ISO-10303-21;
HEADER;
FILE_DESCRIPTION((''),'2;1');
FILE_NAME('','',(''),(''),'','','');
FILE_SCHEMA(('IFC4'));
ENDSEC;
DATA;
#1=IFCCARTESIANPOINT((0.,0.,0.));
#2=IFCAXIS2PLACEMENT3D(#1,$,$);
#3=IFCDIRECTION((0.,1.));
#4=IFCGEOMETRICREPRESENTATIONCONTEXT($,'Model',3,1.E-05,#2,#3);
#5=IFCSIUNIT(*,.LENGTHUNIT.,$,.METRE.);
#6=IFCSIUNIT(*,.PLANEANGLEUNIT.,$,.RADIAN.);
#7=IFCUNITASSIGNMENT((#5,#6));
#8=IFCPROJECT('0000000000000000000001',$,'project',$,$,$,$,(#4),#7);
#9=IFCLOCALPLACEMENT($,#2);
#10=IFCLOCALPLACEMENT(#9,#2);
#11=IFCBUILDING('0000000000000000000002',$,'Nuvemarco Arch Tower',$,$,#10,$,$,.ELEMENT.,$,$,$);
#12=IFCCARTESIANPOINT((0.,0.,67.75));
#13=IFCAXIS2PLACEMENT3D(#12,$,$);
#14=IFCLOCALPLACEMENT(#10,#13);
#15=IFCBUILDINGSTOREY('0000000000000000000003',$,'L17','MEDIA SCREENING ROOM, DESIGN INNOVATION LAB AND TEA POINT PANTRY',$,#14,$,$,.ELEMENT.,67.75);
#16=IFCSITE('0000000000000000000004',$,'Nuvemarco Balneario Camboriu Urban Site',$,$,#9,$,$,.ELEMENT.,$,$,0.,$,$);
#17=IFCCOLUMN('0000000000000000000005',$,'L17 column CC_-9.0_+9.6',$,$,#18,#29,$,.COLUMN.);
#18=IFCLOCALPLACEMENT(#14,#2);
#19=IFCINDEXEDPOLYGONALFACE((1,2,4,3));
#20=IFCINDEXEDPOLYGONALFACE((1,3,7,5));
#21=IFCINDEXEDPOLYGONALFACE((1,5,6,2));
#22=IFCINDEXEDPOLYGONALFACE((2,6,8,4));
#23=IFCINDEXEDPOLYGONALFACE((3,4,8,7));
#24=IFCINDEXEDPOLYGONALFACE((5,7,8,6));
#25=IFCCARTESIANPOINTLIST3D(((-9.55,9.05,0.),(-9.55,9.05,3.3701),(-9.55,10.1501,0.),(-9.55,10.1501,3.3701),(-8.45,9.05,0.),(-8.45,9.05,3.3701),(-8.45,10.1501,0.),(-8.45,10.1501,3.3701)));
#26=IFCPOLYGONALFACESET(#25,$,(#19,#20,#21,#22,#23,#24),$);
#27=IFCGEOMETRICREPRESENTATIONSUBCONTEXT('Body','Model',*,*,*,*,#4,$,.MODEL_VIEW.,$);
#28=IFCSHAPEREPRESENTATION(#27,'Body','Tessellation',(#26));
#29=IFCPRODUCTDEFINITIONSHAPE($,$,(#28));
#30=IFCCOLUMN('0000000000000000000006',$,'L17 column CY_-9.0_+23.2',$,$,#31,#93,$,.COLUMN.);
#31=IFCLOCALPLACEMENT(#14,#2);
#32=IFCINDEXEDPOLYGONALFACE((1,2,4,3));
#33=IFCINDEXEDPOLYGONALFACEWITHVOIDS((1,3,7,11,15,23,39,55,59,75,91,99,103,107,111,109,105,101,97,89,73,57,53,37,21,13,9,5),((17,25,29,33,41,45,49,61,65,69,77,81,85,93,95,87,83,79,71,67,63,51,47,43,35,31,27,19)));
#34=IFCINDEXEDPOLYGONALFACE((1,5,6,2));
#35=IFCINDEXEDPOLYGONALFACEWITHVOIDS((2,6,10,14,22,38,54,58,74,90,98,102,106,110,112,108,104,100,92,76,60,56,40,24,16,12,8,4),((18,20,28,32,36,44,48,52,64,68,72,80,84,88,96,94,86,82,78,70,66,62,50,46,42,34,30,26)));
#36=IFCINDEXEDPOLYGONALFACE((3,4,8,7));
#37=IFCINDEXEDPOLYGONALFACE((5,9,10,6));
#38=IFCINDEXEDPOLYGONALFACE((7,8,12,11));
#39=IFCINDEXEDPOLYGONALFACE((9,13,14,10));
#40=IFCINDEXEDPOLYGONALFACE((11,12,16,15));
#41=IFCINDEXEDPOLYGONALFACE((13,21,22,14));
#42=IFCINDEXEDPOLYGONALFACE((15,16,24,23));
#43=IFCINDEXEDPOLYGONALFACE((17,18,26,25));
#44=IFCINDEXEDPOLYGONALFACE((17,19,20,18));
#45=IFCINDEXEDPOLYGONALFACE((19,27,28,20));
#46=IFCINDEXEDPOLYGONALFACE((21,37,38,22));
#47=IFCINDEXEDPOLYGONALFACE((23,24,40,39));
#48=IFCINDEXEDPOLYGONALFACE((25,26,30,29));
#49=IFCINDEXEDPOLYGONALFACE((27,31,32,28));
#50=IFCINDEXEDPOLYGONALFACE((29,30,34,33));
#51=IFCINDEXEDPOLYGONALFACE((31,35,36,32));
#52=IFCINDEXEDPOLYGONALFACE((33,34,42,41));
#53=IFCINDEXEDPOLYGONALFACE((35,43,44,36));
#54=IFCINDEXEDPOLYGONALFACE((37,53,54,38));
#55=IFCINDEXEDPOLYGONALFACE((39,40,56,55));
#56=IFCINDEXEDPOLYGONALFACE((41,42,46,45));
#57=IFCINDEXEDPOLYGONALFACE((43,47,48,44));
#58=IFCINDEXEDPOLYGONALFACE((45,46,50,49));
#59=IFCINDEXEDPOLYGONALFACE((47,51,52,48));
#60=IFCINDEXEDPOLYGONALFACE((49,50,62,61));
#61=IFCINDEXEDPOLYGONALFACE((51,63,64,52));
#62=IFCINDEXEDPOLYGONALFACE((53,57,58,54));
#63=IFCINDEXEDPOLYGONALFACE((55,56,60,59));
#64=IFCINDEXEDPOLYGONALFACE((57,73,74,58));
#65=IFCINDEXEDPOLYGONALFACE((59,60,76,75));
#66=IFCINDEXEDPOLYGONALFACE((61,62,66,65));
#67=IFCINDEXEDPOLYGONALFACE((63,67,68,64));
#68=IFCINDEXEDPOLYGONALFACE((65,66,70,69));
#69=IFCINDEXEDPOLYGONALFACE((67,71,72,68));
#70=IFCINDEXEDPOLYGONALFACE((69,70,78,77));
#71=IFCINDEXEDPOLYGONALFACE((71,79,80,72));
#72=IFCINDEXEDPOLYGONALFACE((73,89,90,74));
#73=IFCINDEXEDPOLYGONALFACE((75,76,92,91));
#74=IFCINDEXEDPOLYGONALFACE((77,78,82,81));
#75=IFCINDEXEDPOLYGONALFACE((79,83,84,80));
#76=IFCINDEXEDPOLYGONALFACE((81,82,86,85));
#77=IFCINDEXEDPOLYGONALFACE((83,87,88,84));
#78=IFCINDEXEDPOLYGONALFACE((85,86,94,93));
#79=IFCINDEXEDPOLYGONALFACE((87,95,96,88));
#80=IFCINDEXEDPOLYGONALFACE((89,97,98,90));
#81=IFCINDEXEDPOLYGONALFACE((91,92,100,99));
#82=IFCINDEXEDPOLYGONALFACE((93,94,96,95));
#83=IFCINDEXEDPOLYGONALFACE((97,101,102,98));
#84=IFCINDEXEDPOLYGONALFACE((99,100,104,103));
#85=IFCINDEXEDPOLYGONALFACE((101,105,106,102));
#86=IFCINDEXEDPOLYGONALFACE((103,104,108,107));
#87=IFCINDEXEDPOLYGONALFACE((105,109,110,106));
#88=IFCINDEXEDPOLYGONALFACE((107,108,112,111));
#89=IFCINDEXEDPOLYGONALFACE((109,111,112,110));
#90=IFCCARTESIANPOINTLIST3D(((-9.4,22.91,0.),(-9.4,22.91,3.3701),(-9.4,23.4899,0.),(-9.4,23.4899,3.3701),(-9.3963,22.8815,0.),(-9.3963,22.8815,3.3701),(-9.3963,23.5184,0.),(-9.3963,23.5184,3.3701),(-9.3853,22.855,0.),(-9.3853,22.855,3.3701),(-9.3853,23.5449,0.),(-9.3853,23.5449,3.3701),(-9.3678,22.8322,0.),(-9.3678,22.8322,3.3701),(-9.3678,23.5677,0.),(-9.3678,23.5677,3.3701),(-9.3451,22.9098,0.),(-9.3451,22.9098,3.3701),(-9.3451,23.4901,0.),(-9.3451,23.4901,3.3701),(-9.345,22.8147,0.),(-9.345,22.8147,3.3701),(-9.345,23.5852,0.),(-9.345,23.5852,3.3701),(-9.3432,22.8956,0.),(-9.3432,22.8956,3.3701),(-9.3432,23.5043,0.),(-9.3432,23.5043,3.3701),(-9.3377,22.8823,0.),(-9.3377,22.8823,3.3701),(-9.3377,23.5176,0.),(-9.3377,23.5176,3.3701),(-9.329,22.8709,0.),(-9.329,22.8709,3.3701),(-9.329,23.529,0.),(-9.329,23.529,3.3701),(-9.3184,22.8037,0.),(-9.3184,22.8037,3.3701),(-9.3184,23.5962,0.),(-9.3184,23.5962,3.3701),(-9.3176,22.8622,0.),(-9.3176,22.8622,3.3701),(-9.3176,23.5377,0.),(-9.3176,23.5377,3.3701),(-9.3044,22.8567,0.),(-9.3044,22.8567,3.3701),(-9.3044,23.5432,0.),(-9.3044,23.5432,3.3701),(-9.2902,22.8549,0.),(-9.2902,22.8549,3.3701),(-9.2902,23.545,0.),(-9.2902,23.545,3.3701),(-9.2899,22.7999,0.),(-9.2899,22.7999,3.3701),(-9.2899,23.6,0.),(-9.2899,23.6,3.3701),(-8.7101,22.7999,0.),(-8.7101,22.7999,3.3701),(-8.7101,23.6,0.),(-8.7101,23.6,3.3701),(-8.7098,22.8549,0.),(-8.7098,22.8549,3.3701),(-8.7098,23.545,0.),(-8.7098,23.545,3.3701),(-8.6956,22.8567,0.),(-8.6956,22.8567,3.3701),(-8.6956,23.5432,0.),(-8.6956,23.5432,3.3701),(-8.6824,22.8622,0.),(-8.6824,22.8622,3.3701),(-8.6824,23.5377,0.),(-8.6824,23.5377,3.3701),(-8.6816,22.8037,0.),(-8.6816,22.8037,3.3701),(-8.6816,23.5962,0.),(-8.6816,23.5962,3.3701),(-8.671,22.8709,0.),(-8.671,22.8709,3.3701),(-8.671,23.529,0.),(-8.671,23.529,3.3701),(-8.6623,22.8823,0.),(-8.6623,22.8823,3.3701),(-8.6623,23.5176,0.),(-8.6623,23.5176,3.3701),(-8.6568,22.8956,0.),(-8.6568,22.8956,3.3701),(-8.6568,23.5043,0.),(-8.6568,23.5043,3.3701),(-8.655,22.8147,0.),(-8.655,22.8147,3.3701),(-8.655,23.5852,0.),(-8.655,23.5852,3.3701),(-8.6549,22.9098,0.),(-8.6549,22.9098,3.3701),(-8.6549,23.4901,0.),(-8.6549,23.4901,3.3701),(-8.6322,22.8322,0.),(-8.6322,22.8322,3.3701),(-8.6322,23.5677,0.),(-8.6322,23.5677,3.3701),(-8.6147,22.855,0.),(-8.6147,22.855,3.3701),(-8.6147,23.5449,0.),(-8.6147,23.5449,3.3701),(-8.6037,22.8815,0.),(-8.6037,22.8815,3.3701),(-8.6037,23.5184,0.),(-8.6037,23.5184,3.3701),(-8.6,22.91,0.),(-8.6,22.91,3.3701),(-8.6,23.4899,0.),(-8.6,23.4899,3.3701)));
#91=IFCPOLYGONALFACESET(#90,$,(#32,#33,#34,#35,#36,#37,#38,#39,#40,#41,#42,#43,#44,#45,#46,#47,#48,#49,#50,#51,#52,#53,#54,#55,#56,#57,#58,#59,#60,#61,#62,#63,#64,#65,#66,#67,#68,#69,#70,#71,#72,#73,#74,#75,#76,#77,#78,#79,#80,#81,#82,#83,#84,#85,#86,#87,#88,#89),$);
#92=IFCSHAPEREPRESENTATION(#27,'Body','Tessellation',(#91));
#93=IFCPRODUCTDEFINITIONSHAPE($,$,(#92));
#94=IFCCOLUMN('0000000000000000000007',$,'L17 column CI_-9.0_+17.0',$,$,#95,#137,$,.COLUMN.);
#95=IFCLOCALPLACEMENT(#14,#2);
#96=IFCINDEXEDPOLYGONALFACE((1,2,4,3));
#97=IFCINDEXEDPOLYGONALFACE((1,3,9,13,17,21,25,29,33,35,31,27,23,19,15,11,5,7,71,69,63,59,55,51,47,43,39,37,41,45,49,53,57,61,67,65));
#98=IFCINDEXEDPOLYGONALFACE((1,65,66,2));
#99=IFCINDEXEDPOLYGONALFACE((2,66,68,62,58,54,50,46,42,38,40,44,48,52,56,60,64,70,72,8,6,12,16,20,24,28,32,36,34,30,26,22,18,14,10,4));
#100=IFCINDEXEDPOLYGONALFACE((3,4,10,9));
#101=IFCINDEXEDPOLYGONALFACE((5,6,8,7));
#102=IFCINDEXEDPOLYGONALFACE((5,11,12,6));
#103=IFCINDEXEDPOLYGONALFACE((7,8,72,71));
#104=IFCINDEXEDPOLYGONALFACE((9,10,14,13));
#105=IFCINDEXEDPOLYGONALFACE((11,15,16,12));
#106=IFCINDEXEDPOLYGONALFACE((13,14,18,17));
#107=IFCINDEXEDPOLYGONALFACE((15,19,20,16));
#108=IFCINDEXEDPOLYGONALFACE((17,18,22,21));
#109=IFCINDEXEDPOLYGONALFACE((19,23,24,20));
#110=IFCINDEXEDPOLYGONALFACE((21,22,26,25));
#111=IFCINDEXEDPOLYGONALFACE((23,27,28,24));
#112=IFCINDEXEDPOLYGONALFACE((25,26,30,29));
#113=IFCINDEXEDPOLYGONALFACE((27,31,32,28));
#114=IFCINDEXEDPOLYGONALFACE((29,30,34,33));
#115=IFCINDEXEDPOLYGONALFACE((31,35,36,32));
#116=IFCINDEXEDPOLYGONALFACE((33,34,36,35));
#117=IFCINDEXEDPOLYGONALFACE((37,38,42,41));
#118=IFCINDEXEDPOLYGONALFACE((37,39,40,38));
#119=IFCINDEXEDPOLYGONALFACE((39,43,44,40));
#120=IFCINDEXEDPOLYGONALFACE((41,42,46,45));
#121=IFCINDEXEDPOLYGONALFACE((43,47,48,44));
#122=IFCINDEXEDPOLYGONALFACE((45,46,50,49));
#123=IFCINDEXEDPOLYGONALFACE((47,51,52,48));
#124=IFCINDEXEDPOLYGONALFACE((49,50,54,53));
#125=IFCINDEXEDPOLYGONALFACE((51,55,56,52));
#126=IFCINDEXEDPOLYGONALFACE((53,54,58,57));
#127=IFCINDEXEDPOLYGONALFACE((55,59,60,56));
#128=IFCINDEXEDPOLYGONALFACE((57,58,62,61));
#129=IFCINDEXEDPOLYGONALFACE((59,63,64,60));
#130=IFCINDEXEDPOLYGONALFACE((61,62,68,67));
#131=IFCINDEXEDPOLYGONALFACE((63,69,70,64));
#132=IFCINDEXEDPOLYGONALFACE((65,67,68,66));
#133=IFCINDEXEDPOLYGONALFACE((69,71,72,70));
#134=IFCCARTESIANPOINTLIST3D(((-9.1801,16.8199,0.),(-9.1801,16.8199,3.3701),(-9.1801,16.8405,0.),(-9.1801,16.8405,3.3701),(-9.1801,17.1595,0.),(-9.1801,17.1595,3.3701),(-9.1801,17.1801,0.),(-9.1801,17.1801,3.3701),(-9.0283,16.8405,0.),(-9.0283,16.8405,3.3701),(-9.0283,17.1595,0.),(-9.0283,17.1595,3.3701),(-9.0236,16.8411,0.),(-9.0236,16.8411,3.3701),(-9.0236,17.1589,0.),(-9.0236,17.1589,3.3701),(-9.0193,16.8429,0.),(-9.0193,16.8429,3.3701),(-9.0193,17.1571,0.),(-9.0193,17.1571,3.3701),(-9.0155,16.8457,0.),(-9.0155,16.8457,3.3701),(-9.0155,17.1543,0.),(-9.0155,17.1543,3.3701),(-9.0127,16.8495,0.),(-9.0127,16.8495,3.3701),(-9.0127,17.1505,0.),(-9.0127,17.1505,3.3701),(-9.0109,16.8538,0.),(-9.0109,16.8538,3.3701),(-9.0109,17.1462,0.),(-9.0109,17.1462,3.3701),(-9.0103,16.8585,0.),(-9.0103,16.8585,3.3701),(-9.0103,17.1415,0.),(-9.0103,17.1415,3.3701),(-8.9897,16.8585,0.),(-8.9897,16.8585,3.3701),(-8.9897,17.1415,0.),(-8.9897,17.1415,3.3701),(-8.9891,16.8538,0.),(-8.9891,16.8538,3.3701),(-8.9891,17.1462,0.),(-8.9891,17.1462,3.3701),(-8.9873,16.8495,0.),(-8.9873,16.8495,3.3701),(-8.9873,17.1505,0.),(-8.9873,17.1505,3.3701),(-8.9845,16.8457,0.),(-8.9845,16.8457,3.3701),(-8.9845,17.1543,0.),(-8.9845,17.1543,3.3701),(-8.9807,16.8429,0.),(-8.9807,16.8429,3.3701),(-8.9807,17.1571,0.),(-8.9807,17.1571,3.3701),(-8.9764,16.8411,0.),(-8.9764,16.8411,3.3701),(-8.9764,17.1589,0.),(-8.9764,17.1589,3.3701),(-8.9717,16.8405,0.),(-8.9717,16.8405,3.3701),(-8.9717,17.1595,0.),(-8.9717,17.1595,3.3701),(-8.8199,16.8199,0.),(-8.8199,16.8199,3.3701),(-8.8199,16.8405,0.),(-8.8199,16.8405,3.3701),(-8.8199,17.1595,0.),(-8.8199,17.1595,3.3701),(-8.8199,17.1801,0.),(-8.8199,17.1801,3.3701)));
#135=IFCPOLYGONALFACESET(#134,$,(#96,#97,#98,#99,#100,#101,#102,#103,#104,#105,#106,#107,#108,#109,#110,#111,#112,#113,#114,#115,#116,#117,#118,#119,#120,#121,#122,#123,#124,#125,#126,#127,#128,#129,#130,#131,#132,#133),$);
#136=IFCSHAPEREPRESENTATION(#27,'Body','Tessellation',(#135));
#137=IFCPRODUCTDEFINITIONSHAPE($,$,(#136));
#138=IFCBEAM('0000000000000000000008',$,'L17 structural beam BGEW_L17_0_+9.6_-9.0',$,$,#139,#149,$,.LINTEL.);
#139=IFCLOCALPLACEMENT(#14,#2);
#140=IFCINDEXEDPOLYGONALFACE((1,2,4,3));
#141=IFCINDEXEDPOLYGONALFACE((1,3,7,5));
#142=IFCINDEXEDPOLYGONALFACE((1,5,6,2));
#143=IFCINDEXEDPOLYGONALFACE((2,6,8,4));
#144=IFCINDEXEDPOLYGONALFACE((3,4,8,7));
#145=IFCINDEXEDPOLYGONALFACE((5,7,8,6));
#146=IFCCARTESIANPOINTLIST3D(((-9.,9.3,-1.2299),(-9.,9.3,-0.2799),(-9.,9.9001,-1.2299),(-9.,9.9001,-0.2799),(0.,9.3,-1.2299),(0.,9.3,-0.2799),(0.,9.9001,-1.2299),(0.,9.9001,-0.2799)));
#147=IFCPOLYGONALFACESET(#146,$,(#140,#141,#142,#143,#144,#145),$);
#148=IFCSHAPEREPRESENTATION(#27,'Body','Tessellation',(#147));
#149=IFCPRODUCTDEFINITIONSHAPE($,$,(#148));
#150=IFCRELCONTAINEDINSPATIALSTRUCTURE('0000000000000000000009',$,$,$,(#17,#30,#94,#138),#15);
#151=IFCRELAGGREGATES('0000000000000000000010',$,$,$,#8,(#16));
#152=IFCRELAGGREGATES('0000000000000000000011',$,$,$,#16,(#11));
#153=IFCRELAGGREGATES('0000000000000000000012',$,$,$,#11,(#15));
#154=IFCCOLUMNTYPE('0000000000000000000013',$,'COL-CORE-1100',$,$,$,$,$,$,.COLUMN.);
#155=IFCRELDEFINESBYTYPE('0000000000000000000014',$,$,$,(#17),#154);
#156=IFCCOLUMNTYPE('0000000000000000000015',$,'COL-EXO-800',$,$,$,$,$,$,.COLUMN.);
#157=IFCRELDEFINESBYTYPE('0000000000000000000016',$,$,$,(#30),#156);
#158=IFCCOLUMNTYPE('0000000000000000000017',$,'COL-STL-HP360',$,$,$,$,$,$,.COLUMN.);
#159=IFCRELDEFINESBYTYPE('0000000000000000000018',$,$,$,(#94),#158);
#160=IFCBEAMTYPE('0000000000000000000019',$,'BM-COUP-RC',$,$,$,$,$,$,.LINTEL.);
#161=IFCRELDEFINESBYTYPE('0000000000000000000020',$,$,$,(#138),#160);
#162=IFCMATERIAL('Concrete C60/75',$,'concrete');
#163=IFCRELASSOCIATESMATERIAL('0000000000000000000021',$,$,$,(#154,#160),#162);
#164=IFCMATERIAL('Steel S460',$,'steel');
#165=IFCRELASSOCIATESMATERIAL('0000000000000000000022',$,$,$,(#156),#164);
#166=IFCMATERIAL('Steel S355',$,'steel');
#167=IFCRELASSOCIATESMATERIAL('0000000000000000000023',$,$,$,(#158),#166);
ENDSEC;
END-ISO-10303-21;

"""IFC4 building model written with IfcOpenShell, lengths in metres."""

from ifc_helpers import new_model, si_unit, direction, frame, origin, origin_2d, place, context, subcontext, project, spatial, rectangle, hollow_rectangle, i_section, extrude, material, material_profile, profile_set, type_object, element, save


model = new_model("IFC4")

# Units and contexts
model_context = context("Model", 3, precision=1e-05, world=origin(), true_north=direction((0.0, 1.0)))
body_context = subcontext(model_context, "Body", "Model", "MODEL_VIEW")
ifc_project = project(units=[si_unit("LENGTHUNIT", "METRE"), si_unit("PLANEANGLEUNIT", "RADIAN")], contexts=[model_context])

# Site, building, storey
site_placement = place(None, origin())
site = spatial("IfcSite", under=ifc_project, at=site_placement, Name="Nuvemarco Balneario Camboriu Urban Site", CompositionType="ELEMENT", RefElevation=0.0)
building_placement = place(site_placement, origin())
building = spatial("IfcBuilding", under=site, at=building_placement, Name="Nuvemarco Arch Tower", CompositionType="ELEMENT")
storey_placement = place(building_placement, frame((0.0, 0.0, 67.75)))
storey = spatial("IfcBuildingStorey", under=building, at=storey_placement, Name="L17", Description="MEDIA SCREENING ROOM, DESIGN INNOVATION LAB AND TEA POINT PANTRY", CompositionType="ELEMENT", Elevation=67.75)

# Columns
ifc_material_1 = material(Name="Concrete C60/75", Category="concrete")
ifc_material_profile_1 = material_profile(ifc_material_1, rectangle(XDim=1.1001, YDim=1.1001, at=origin_2d()), Name="RC-COL-1100x1100")
ifc_profile_set_1 = profile_set([ifc_material_profile_1], Name="Concrete C60/75")
column_type_1 = type_object("IfcColumnType", Name="COL-CORE-1100", PredefinedType="COLUMN", material=ifc_profile_set_1)
column_1_placement = place(storey_placement, frame((-9.0, 9.6001, 0.0), z_axis=(0.0, 0.0, 1.0), x_axis=(1.0, 0.0, 0.0)))
element("IfcColumn", 1, at=column_1_placement, inside=storey, type_object=column_type_1, Name="L17 column CC_-9.0_+9.6", PredefinedType="COLUMN", context=body_context, shape_type="SweptSolid", body=[
    extrude(rectangle(XDim=1.1001, YDim=1.1001, at=origin_2d()), origin(), (0.0, 0.0, 1.0), 3.3701),
])
ifc_material_2 = material(Name="Steel S460", Category="steel")
ifc_material_profile_2 = material_profile(ifc_material_2, hollow_rectangle(XDim=0.8, YDim=0.8, WallThickness=0.0549, InnerFilletRadius=0.0549, OuterFilletRadius=0.1101, at=origin_2d()), Name="SHS800x800x55")
ifc_profile_set_2 = profile_set([ifc_material_profile_2], Name="Steel S460")
column_type_2 = type_object("IfcColumnType", Name="COL-EXO-800", PredefinedType="COLUMN", material=ifc_profile_set_2)
column_2_placement = place(storey_placement, frame((-9.0, 23.2, 0.0), z_axis=(0.0, 0.0, 1.0), x_axis=(1.0, 0.0, 0.0)))
element("IfcColumn", 2, at=column_2_placement, inside=storey, type_object=column_type_2, Name="L17 column CY_-9.0_+23.2", PredefinedType="COLUMN", context=body_context, shape_type="SweptSolid", body=[
    extrude(hollow_rectangle(XDim=0.8, YDim=0.8, WallThickness=0.0549, InnerFilletRadius=0.0549, OuterFilletRadius=0.1101, at=origin_2d()), origin(), (0.0, 0.0, 1.0), 3.3701),
])
ifc_material_3 = material(Name="Steel S355", Category="steel")
ifc_material_profile_3 = material_profile(ifc_material_3, i_section(OverallWidth=0.3601, OverallDepth=0.3601, WebThickness=0.0205, FlangeThickness=0.0205, FilletRadius=0.0181, at=origin_2d()), Name="HP360x174")
ifc_profile_set_3 = profile_set([ifc_material_profile_3], Name="Steel S355")
column_type_3 = type_object("IfcColumnType", Name="COL-STL-HP360", PredefinedType="COLUMN", material=ifc_profile_set_3)
column_3_placement = place(storey_placement, frame((-9.0, 17.0, 0.0), z_axis=(0.0, 0.0, 1.0), x_axis=(1.0, 0.0, 0.0)))
element("IfcColumn", 3, at=column_3_placement, inside=storey, type_object=column_type_3, Name="L17 column CI_-9.0_+17.0", PredefinedType="COLUMN", context=body_context, shape_type="SweptSolid", body=[
    extrude(i_section(OverallWidth=0.3601, OverallDepth=0.3601, WebThickness=0.0205, FlangeThickness=0.0205, FilletRadius=0.0181, at=origin_2d()), origin(), (0.0, 0.0, 1.0), 3.3701),
])

# Beam
ifc_material_profile_4 = material_profile(ifc_material_1, rectangle(XDim=0.6001, YDim=0.95, at=origin_2d()), Name="RC-BM-600x950")
ifc_profile_set_4 = profile_set([ifc_material_profile_4], Name="Concrete C60/75")
beam_type_1 = type_object("IfcBeamType", Name="BM-COUP-RC", PredefinedType="LINTEL", material=ifc_profile_set_4)
beam_1_placement = place(storey_placement, frame((-9.0, 9.6001, -0.7549), z_axis=(1.0, 0.0, 0.0), x_axis=(0.0, 1.0, 0.0)))
element("IfcBeam", 4, at=beam_1_placement, inside=storey, type_object=beam_type_1, Name="L17 structural beam BGEW_L17_0_+9.6_-9.0", PredefinedType="LINTEL", context=body_context, shape_type="SweptSolid", body=[
    extrude(rectangle(XDim=0.6001, YDim=0.95, at=origin_2d()), origin(), (0.0, 0.0, 1.0), 9.0),
])

save(model, "model.ifc")
